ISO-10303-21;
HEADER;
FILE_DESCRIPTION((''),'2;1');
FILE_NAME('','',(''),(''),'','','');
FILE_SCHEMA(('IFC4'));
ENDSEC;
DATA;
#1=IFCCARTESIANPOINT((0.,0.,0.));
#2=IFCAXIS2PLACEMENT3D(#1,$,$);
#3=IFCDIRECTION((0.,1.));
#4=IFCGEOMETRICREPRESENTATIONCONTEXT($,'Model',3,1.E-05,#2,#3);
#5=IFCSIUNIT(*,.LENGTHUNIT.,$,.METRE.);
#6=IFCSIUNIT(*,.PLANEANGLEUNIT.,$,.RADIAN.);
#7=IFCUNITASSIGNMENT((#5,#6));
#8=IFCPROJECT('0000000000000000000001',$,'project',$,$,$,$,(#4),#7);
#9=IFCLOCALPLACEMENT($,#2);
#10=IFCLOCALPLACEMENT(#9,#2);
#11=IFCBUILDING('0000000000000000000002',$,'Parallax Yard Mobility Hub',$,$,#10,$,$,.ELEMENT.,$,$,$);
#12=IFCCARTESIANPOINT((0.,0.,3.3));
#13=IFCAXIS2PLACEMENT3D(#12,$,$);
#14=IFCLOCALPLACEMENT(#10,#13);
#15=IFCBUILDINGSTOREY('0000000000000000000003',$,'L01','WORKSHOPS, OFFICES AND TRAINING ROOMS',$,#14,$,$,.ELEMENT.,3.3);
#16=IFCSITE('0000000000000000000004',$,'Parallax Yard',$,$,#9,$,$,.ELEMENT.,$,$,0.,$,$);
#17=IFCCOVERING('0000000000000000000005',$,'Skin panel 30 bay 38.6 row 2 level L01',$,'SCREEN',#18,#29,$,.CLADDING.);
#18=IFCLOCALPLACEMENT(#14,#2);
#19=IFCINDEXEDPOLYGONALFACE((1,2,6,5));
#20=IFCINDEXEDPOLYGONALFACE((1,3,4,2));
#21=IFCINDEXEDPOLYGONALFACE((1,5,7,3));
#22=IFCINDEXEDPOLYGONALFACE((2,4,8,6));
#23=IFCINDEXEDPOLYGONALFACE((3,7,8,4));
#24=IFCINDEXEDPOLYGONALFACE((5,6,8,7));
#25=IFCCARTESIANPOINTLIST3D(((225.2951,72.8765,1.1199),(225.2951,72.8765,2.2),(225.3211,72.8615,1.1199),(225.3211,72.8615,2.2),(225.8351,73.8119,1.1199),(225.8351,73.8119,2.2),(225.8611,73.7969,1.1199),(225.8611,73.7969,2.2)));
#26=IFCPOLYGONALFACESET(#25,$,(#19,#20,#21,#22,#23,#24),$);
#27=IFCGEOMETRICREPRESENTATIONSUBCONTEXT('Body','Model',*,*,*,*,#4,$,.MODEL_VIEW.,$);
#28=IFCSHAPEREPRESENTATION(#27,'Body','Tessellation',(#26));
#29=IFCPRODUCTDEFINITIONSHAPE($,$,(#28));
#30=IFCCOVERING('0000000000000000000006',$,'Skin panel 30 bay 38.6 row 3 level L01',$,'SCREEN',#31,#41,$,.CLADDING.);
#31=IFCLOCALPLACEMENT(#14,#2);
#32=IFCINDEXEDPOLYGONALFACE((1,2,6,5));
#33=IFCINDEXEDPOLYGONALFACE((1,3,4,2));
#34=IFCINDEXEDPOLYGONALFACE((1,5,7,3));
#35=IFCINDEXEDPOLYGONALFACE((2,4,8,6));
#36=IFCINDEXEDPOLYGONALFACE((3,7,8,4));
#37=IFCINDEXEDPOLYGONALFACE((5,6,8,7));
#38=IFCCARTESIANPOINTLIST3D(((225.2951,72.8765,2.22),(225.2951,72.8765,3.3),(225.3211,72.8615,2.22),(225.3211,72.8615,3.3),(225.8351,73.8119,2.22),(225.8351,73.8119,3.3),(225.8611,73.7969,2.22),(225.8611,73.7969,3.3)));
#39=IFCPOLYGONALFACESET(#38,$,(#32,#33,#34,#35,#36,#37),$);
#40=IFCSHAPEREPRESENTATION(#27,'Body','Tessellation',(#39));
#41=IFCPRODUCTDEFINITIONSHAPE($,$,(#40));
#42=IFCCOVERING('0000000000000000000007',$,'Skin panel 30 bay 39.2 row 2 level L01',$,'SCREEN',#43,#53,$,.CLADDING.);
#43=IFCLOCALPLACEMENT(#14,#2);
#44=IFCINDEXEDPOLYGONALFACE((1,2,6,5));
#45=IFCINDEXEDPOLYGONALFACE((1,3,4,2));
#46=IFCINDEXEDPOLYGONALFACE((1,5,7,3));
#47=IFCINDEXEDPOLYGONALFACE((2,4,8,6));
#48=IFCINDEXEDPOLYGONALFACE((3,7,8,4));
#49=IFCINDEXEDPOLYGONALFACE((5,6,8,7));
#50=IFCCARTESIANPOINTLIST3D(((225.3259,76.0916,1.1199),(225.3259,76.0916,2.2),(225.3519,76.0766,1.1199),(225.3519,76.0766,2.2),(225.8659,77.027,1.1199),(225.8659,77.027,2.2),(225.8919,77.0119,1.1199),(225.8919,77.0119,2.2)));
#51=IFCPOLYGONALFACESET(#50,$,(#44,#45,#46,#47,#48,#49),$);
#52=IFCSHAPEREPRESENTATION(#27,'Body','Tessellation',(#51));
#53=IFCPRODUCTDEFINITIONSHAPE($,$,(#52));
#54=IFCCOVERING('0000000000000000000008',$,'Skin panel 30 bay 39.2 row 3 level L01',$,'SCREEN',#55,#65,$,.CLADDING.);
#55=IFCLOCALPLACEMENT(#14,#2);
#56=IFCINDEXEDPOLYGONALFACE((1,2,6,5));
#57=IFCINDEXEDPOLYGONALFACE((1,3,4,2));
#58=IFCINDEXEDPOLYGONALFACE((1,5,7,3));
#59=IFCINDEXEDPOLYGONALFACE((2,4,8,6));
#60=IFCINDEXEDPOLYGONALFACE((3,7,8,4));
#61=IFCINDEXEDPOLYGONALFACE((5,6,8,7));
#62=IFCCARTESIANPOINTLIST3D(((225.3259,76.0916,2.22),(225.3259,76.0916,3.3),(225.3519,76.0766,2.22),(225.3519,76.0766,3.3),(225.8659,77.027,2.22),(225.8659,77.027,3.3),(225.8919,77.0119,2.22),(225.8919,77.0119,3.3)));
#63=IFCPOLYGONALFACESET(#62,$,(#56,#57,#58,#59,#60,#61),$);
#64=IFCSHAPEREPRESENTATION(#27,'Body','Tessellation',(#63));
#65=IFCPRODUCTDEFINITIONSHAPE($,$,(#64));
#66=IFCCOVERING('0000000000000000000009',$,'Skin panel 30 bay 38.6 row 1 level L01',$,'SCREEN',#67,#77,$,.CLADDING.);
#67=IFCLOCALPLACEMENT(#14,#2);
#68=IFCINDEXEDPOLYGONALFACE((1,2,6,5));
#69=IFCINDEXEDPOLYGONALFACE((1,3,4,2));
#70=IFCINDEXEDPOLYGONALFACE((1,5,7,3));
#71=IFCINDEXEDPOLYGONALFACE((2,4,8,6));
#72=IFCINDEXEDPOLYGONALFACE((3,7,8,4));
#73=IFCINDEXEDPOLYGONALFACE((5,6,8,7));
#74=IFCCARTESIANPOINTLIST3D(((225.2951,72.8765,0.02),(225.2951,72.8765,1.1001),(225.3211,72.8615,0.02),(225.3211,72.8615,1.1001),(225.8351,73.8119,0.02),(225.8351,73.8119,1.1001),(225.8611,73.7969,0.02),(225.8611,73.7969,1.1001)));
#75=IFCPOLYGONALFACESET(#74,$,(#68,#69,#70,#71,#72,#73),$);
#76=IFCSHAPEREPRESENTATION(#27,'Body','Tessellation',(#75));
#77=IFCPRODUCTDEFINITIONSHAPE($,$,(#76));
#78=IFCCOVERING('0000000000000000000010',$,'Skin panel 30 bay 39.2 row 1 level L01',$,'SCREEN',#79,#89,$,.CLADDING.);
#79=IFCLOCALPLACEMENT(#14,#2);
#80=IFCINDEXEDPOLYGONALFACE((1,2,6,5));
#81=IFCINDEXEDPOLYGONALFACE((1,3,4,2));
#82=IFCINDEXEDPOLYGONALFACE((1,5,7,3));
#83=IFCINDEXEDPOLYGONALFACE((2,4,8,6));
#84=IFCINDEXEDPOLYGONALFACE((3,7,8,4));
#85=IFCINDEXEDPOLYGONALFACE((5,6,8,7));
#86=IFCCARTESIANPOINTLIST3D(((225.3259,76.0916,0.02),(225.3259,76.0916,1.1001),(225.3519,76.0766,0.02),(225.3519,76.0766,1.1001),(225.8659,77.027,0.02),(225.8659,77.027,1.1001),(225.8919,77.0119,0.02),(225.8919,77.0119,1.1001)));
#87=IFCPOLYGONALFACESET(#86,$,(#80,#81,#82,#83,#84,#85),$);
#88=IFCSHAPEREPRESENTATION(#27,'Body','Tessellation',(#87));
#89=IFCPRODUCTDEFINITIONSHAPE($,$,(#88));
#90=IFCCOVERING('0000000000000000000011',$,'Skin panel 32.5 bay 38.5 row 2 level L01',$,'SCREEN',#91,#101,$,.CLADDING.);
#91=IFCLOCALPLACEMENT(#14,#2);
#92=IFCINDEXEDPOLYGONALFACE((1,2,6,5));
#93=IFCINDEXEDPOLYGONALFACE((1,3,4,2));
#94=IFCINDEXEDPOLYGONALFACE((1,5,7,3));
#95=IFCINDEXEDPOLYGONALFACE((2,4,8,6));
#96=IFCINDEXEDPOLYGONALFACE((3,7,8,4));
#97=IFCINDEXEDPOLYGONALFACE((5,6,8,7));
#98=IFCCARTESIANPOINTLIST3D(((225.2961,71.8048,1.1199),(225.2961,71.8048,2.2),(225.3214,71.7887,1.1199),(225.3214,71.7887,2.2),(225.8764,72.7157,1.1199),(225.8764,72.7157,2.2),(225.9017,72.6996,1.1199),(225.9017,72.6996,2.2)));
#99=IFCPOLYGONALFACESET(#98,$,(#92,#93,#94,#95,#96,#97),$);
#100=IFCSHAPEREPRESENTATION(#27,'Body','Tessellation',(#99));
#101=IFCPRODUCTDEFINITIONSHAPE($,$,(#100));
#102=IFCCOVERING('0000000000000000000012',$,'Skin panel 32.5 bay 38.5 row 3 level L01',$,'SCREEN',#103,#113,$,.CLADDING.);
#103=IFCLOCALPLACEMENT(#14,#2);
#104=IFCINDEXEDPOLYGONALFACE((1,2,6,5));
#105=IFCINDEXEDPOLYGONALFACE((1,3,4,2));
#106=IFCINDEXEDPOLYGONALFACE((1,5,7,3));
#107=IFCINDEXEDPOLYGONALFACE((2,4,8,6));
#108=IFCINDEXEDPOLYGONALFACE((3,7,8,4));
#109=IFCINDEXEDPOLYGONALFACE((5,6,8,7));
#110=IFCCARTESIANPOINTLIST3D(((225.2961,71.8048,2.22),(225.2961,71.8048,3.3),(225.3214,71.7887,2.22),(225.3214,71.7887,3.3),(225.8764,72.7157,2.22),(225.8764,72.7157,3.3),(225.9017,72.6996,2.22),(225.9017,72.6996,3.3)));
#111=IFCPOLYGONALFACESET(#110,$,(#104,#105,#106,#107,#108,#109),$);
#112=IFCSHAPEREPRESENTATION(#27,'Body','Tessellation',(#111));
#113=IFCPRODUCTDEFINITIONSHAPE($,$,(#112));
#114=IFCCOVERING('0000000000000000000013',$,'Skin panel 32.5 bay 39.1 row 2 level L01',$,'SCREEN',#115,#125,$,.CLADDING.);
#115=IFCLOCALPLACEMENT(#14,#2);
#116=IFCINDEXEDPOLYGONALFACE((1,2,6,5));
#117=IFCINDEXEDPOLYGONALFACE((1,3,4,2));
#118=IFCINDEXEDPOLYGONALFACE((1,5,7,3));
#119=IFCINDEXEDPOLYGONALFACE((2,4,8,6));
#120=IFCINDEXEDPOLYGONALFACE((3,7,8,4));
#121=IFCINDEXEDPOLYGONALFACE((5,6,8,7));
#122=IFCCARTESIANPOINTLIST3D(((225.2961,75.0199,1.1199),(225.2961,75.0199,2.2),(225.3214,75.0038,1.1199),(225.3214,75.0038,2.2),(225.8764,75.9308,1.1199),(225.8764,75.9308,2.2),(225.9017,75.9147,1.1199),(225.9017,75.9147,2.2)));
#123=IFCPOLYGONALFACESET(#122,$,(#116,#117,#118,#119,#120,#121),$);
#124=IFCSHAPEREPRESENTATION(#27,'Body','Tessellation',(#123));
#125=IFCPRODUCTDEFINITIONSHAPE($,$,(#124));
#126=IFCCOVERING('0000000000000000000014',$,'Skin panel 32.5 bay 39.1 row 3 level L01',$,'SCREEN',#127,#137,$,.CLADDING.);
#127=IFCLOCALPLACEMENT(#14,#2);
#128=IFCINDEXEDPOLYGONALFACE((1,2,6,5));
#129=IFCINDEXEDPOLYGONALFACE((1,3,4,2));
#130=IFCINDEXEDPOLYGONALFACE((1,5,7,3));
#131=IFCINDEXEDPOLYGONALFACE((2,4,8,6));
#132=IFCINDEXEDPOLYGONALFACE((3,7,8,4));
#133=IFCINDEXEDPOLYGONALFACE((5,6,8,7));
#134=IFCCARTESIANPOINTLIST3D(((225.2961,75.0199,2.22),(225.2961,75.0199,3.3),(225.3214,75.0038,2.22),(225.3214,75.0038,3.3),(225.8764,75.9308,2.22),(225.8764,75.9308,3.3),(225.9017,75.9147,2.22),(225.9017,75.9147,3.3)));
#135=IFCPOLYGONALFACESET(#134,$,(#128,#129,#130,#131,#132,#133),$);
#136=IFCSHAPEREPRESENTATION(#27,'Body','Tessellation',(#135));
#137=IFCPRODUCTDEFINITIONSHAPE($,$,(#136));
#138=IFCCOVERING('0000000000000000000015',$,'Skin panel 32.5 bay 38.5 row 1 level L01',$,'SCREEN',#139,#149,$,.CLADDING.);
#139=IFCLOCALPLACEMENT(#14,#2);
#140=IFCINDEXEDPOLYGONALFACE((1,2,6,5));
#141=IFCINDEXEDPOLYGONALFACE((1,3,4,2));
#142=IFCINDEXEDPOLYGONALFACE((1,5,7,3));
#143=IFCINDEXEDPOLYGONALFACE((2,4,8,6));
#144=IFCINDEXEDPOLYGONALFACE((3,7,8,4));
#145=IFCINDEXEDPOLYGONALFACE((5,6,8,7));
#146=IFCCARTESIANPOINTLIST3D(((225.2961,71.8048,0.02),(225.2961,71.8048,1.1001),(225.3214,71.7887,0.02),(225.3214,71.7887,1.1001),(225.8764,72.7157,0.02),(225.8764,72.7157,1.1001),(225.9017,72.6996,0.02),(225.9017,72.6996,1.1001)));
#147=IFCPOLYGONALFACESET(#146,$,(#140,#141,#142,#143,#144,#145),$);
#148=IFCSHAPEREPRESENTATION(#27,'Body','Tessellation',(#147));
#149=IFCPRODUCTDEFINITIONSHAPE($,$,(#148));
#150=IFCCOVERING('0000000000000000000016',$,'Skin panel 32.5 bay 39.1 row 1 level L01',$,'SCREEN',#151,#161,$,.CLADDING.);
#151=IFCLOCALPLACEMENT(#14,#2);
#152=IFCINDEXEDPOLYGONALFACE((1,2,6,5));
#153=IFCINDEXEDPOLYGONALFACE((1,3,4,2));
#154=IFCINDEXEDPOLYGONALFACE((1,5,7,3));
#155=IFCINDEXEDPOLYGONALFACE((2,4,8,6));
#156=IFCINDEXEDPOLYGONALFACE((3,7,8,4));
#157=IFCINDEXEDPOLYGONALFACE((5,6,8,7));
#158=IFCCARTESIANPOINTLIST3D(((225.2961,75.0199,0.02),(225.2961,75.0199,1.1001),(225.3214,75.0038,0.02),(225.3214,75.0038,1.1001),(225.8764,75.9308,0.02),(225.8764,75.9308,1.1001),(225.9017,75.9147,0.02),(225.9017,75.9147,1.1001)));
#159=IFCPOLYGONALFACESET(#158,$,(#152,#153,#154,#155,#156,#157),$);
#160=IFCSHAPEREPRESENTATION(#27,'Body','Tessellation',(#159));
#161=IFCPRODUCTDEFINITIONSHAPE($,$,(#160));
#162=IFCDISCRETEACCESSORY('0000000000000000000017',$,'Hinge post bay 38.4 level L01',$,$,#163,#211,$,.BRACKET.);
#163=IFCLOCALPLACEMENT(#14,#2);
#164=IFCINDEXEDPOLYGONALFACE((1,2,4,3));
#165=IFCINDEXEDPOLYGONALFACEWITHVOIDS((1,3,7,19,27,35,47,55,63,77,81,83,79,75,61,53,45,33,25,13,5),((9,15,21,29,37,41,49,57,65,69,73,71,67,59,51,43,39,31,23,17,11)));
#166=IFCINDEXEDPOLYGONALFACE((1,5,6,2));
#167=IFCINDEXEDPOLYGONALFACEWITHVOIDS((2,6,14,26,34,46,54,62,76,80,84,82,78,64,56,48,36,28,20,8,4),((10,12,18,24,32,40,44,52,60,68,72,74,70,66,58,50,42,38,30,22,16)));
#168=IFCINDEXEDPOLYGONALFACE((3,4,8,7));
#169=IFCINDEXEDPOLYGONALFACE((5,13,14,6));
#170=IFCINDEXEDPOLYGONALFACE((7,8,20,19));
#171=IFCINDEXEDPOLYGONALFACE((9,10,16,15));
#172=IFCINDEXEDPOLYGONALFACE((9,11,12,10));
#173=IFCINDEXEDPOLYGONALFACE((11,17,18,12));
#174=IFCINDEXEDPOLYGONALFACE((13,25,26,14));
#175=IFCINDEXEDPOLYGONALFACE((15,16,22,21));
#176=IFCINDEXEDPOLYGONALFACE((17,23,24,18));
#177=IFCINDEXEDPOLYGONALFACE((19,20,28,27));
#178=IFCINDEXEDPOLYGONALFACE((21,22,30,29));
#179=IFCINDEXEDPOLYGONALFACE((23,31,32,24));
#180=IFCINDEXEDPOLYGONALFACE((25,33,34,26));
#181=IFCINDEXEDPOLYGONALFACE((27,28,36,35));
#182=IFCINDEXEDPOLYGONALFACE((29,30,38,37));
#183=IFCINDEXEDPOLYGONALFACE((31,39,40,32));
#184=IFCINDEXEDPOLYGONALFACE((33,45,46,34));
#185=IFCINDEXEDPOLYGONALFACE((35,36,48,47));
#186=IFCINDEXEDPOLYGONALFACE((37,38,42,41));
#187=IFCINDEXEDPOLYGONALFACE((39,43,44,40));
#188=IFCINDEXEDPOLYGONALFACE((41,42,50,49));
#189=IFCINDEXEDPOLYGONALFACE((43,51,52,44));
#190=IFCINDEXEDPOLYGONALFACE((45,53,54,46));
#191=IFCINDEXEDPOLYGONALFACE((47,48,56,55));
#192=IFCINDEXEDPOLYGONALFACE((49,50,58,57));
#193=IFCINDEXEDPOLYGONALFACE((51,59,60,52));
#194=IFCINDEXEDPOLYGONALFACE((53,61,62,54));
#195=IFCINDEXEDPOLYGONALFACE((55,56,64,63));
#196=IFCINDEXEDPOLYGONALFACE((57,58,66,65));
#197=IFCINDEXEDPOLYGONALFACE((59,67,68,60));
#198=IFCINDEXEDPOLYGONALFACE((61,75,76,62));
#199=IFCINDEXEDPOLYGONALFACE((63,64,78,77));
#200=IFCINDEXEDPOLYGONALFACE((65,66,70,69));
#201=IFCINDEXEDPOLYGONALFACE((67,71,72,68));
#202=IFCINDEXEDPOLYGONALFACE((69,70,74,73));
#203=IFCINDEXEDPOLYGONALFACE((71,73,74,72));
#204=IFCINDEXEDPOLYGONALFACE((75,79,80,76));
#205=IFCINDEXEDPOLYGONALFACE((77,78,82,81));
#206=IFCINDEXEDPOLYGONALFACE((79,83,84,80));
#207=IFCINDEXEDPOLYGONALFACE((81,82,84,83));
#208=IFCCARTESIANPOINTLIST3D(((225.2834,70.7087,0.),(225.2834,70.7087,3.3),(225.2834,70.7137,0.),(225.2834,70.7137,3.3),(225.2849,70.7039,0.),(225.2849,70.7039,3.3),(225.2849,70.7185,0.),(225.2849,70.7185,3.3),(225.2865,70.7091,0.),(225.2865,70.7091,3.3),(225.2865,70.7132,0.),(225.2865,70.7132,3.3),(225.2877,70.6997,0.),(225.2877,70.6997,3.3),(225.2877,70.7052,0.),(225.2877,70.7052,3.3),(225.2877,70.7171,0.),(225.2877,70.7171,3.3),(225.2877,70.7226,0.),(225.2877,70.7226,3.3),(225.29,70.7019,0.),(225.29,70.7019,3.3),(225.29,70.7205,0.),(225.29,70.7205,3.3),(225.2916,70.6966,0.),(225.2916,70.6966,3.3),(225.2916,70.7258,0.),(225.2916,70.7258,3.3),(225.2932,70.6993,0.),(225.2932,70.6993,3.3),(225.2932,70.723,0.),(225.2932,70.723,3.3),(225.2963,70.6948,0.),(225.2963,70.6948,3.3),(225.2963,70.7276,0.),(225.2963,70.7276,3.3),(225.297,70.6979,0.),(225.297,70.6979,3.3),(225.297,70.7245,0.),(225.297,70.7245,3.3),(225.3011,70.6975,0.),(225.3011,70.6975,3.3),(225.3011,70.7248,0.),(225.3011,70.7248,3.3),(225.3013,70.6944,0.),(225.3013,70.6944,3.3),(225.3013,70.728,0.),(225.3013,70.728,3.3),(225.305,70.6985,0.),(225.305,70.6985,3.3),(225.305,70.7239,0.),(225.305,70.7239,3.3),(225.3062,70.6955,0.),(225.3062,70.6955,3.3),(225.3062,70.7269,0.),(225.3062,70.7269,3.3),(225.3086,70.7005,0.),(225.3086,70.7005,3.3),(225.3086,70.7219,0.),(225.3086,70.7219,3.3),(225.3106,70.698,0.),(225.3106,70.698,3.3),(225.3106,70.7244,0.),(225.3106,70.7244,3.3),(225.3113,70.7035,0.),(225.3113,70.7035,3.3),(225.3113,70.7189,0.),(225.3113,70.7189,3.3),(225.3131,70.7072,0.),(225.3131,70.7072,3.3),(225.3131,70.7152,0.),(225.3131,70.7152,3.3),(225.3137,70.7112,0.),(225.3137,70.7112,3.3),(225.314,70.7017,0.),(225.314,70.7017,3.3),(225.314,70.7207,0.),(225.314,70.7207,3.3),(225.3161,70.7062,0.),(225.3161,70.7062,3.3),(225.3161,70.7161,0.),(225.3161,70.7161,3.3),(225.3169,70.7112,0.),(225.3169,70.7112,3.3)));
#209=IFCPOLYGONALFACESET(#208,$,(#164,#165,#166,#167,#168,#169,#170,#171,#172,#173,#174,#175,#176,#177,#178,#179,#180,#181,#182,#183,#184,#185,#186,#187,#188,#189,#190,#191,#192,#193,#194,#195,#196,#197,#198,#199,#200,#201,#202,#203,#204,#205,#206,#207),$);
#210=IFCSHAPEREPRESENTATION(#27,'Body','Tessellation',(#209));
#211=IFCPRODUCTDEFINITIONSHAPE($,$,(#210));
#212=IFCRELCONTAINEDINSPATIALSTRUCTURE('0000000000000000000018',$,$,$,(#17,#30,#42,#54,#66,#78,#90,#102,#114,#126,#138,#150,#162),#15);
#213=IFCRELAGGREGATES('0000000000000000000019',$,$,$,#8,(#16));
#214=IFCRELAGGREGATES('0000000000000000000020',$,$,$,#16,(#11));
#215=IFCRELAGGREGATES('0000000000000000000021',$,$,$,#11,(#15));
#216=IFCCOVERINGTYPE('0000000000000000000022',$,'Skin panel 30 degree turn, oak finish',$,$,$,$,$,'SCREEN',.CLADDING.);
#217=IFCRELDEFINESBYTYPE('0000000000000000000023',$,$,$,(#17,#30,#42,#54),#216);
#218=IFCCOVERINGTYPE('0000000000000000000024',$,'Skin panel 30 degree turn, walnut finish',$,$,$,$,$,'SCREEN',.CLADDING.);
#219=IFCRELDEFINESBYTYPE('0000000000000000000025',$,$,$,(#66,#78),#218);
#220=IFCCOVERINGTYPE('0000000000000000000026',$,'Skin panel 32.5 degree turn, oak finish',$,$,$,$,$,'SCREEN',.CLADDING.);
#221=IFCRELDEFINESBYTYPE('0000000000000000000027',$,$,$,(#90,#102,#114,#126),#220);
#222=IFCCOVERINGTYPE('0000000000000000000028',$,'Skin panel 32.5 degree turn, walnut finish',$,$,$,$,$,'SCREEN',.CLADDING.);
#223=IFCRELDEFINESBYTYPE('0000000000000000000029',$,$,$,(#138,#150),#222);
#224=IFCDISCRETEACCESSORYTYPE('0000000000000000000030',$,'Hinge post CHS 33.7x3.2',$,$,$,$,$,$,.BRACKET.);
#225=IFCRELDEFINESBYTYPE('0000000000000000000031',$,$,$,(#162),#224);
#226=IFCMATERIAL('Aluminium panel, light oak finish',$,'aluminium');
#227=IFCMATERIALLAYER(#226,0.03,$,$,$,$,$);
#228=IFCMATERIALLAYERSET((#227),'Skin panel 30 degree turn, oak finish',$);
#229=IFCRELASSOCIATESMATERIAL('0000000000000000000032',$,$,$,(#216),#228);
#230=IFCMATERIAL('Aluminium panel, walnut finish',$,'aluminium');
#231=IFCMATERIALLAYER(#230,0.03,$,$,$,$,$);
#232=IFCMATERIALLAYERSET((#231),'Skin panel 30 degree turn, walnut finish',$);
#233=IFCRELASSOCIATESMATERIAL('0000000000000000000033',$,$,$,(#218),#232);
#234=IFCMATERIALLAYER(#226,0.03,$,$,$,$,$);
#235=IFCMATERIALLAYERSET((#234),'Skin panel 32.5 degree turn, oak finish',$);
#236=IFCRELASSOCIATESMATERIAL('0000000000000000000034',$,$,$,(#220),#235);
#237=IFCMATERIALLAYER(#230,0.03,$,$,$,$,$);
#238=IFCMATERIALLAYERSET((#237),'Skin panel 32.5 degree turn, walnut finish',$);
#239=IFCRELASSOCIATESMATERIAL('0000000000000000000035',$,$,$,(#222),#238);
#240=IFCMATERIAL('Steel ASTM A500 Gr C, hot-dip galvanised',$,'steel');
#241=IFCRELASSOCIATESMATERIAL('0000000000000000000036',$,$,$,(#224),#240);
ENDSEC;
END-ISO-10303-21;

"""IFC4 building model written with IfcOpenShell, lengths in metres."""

from ifc_helpers import new_model, si_unit, direction, frame, origin, origin_2d, place, context, subcontext, project, spatial, rectangle, hollow_circle, extrude, material, layer, layer_set, material_profile, profile_set, type_object, element, save


model = new_model("IFC4")

# Units and contexts
model_context = context("Model", 3, precision=1e-05, world=origin(), true_north=direction((0.0, 1.0)))
body_context = subcontext(model_context, "Body", "Model", "MODEL_VIEW")
ifc_project = project(units=[si_unit("LENGTHUNIT", "METRE"), si_unit("PLANEANGLEUNIT", "RADIAN")], contexts=[model_context])

# Site, building, storey
site_placement = place(None, origin())
site = spatial("IfcSite", under=ifc_project, at=site_placement, Name="Parallax Yard", CompositionType="ELEMENT", RefElevation=0.0)
building_placement = place(site_placement, origin())
building = spatial("IfcBuilding", under=site, at=building_placement, Name="Parallax Yard Mobility Hub", CompositionType="ELEMENT")
storey_placement = place(building_placement, frame((0.0, 0.0, 3.3)))
storey = spatial("IfcBuildingStorey", under=building, at=storey_placement, Name="L01", Description="WORKSHOPS, OFFICES AND TRAINING ROOMS", CompositionType="ELEMENT", Elevation=3.3)

# Coverings
ifc_material_1 = material(Name="Aluminium panel, light oak finish", Category="aluminium")
ifc_material_2 = material(Name="Aluminium panel, walnut finish", Category="aluminium")
ifc_layer_1 = layer(ifc_material_1, 0.03)
ifc_layer_set_1 = layer_set([ifc_layer_1], Name="Skin panel 30 degree turn, oak finish")
covering_type_1 = type_object("IfcCoveringType", Name="Skin panel 30 degree turn, oak finish", ElementType="SCREEN", PredefinedType="CLADDING", material=ifc_layer_set_1)
for number, where, z_axis, x_axis, name in (
    (1, (225.5781, 73.3367, 1.1199), (0.0, 0.0, 1.0), (0.5, 0.866025, 0.0), "Skin panel 30 bay 38.6 row 2 level L01"),
    (2, (225.5781, 73.3367, 2.22), (0.0, 0.0, 1.0), (0.5, 0.866025, 0.0), "Skin panel 30 bay 38.6 row 3 level L01"),
    (3, (225.6089, 76.5518, 1.1199), (0.0, 0.0, 1.0), (0.5, 0.866025, 0.0), "Skin panel 30 bay 39.2 row 2 level L01"),
    (4, (225.6089, 76.5518, 2.22), (0.0, 0.0, 1.0), (0.5, 0.866025, 0.0), "Skin panel 30 bay 39.2 row 3 level L01"),
):
    element("IfcCovering", number, at=place(storey_placement, frame(where, z_axis=z_axis, x_axis=x_axis)), inside=storey, type_object=covering_type_1, Name=name, ObjectType="SCREEN", PredefinedType="CLADDING", context=body_context, shape_type="SweptSolid", body=[
        extrude(rectangle(XDim=1.0801, YDim=0.03, at=origin_2d()), origin(), (0.0, 0.0, 1.0), 1.0801),
    ])
ifc_layer_2 = layer(ifc_material_2, 0.03)
ifc_layer_set_2 = layer_set([ifc_layer_2], Name="Skin panel 30 degree turn, walnut finish")
covering_type_2 = type_object("IfcCoveringType", Name="Skin panel 30 degree turn, walnut finish", ElementType="SCREEN", PredefinedType="CLADDING", material=ifc_layer_set_2)
for number, where, z_axis, x_axis, name in (
    (5, (225.5781, 73.3367, 0.02), (0.0, 0.0, 1.0), (0.5, 0.866025, 0.0), "Skin panel 30 bay 38.6 row 1 level L01"),
    (6, (225.6089, 76.5518, 0.02), (0.0, 0.0, 1.0), (0.5, 0.866025, 0.0), "Skin panel 30 bay 39.2 row 1 level L01"),
):
    element("IfcCovering", number, at=place(storey_placement, frame(where, z_axis=z_axis, x_axis=x_axis)), inside=storey, type_object=covering_type_2, Name=name, ObjectType="SCREEN", PredefinedType="CLADDING", context=body_context, shape_type="SweptSolid", body=[
        extrude(rectangle(XDim=1.0801, YDim=0.03, at=origin_2d()), origin(), (0.0, 0.0, 1.0), 1.0801),
    ])
ifc_layer_3 = layer(ifc_material_1, 0.03)
ifc_layer_set_3 = layer_set([ifc_layer_3], Name="Skin panel 32.5 degree turn, oak finish")
covering_type_3 = type_object("IfcCoveringType", Name="Skin panel 32.5 degree turn, oak finish", ElementType="SCREEN", PredefinedType="CLADDING", material=ifc_layer_set_3)
for number, where, z_axis, x_axis, name in (
    (7, (225.5989, 72.2522, 1.1199), (0.0, 0.0, 1.0), (0.5373, 0.843391, 0.0), "Skin panel 32.5 bay 38.5 row 2 level L01"),
    (8, (225.5989, 72.2522, 2.22), (0.0, 0.0, 1.0), (0.5373, 0.843391, 0.0), "Skin panel 32.5 bay 38.5 row 3 level L01"),
    (9, (225.5989, 75.4673, 1.1199), (0.0, 0.0, 1.0), (0.5373, 0.843391, 0.0), "Skin panel 32.5 bay 39.1 row 2 level L01"),
    (10, (225.5989, 75.4673, 2.22), (0.0, 0.0, 1.0), (0.5373, 0.843391, 0.0), "Skin panel 32.5 bay 39.1 row 3 level L01"),
):
    element("IfcCovering", number, at=place(storey_placement, frame(where, z_axis=z_axis, x_axis=x_axis)), inside=storey, type_object=covering_type_3, Name=name, ObjectType="SCREEN", PredefinedType="CLADDING", context=body_context, shape_type="SweptSolid", body=[
        extrude(rectangle(XDim=1.0801, YDim=0.03, at=origin_2d()), origin(), (0.0, 0.0, 1.0), 1.0801),
    ])
ifc_layer_4 = layer(ifc_material_2, 0.03)
ifc_layer_set_4 = layer_set([ifc_layer_4], Name="Skin panel 32.5 degree turn, walnut finish")
covering_type_4 = type_object("IfcCoveringType", Name="Skin panel 32.5 degree turn, walnut finish", ElementType="SCREEN", PredefinedType="CLADDING", material=ifc_layer_set_4)
for number, where, z_axis, x_axis, name in (
    (11, (225.5989, 72.2522, 0.02), (0.0, 0.0, 1.0), (0.5373, 0.843391, 0.0), "Skin panel 32.5 bay 38.5 row 1 level L01"),
    (12, (225.5989, 75.4673, 0.02), (0.0, 0.0, 1.0), (0.5373, 0.843391, 0.0), "Skin panel 32.5 bay 39.1 row 1 level L01"),
):
    element("IfcCovering", number, at=place(storey_placement, frame(where, z_axis=z_axis, x_axis=x_axis)), inside=storey, type_object=covering_type_4, Name=name, ObjectType="SCREEN", PredefinedType="CLADDING", context=body_context, shape_type="SweptSolid", body=[
        extrude(rectangle(XDim=1.0801, YDim=0.03, at=origin_2d()), origin(), (0.0, 0.0, 1.0), 1.0801),
    ])

# Discrete accessory
ifc_material_3 = material(Name="Steel ASTM A500 Gr C, hot-dip galvanised", Category="steel")
ifc_material_profile = material_profile(ifc_material_3, hollow_circle(Radius=0.0168, WallThickness=0.0032, at=origin_2d()), Name="CHS 33.7x3.2")
ifc_profile_set = profile_set([ifc_material_profile], Name="Steel ASTM A500 Gr C, hot-dip galvanised")
discrete_accessory_type = type_object("IfcDiscreteAccessoryType", Name="Hinge post CHS 33.7x3.2", PredefinedType="BRACKET", material=ifc_profile_set)
for number, where, z_axis, x_axis, name in (
    (13, (225.3, 70.7112, 0.0), (0.0, 0.0, 1.0), (1.0, 0.0, 0.0), "Hinge post bay 38.4 level L01"),
):
    element("IfcDiscreteAccessory", number, at=place(storey_placement, frame(where, z_axis=z_axis, x_axis=x_axis)), inside=storey, type_object=discrete_accessory_type, Name=name, PredefinedType="BRACKET", context=body_context, shape_type="SweptSolid", body=[
        extrude(hollow_circle(Radius=0.0168, WallThickness=0.0032, at=origin_2d()), origin(), (0.0, 0.0, 1.0), 3.3),
    ])

save(model, "model.ifc")
